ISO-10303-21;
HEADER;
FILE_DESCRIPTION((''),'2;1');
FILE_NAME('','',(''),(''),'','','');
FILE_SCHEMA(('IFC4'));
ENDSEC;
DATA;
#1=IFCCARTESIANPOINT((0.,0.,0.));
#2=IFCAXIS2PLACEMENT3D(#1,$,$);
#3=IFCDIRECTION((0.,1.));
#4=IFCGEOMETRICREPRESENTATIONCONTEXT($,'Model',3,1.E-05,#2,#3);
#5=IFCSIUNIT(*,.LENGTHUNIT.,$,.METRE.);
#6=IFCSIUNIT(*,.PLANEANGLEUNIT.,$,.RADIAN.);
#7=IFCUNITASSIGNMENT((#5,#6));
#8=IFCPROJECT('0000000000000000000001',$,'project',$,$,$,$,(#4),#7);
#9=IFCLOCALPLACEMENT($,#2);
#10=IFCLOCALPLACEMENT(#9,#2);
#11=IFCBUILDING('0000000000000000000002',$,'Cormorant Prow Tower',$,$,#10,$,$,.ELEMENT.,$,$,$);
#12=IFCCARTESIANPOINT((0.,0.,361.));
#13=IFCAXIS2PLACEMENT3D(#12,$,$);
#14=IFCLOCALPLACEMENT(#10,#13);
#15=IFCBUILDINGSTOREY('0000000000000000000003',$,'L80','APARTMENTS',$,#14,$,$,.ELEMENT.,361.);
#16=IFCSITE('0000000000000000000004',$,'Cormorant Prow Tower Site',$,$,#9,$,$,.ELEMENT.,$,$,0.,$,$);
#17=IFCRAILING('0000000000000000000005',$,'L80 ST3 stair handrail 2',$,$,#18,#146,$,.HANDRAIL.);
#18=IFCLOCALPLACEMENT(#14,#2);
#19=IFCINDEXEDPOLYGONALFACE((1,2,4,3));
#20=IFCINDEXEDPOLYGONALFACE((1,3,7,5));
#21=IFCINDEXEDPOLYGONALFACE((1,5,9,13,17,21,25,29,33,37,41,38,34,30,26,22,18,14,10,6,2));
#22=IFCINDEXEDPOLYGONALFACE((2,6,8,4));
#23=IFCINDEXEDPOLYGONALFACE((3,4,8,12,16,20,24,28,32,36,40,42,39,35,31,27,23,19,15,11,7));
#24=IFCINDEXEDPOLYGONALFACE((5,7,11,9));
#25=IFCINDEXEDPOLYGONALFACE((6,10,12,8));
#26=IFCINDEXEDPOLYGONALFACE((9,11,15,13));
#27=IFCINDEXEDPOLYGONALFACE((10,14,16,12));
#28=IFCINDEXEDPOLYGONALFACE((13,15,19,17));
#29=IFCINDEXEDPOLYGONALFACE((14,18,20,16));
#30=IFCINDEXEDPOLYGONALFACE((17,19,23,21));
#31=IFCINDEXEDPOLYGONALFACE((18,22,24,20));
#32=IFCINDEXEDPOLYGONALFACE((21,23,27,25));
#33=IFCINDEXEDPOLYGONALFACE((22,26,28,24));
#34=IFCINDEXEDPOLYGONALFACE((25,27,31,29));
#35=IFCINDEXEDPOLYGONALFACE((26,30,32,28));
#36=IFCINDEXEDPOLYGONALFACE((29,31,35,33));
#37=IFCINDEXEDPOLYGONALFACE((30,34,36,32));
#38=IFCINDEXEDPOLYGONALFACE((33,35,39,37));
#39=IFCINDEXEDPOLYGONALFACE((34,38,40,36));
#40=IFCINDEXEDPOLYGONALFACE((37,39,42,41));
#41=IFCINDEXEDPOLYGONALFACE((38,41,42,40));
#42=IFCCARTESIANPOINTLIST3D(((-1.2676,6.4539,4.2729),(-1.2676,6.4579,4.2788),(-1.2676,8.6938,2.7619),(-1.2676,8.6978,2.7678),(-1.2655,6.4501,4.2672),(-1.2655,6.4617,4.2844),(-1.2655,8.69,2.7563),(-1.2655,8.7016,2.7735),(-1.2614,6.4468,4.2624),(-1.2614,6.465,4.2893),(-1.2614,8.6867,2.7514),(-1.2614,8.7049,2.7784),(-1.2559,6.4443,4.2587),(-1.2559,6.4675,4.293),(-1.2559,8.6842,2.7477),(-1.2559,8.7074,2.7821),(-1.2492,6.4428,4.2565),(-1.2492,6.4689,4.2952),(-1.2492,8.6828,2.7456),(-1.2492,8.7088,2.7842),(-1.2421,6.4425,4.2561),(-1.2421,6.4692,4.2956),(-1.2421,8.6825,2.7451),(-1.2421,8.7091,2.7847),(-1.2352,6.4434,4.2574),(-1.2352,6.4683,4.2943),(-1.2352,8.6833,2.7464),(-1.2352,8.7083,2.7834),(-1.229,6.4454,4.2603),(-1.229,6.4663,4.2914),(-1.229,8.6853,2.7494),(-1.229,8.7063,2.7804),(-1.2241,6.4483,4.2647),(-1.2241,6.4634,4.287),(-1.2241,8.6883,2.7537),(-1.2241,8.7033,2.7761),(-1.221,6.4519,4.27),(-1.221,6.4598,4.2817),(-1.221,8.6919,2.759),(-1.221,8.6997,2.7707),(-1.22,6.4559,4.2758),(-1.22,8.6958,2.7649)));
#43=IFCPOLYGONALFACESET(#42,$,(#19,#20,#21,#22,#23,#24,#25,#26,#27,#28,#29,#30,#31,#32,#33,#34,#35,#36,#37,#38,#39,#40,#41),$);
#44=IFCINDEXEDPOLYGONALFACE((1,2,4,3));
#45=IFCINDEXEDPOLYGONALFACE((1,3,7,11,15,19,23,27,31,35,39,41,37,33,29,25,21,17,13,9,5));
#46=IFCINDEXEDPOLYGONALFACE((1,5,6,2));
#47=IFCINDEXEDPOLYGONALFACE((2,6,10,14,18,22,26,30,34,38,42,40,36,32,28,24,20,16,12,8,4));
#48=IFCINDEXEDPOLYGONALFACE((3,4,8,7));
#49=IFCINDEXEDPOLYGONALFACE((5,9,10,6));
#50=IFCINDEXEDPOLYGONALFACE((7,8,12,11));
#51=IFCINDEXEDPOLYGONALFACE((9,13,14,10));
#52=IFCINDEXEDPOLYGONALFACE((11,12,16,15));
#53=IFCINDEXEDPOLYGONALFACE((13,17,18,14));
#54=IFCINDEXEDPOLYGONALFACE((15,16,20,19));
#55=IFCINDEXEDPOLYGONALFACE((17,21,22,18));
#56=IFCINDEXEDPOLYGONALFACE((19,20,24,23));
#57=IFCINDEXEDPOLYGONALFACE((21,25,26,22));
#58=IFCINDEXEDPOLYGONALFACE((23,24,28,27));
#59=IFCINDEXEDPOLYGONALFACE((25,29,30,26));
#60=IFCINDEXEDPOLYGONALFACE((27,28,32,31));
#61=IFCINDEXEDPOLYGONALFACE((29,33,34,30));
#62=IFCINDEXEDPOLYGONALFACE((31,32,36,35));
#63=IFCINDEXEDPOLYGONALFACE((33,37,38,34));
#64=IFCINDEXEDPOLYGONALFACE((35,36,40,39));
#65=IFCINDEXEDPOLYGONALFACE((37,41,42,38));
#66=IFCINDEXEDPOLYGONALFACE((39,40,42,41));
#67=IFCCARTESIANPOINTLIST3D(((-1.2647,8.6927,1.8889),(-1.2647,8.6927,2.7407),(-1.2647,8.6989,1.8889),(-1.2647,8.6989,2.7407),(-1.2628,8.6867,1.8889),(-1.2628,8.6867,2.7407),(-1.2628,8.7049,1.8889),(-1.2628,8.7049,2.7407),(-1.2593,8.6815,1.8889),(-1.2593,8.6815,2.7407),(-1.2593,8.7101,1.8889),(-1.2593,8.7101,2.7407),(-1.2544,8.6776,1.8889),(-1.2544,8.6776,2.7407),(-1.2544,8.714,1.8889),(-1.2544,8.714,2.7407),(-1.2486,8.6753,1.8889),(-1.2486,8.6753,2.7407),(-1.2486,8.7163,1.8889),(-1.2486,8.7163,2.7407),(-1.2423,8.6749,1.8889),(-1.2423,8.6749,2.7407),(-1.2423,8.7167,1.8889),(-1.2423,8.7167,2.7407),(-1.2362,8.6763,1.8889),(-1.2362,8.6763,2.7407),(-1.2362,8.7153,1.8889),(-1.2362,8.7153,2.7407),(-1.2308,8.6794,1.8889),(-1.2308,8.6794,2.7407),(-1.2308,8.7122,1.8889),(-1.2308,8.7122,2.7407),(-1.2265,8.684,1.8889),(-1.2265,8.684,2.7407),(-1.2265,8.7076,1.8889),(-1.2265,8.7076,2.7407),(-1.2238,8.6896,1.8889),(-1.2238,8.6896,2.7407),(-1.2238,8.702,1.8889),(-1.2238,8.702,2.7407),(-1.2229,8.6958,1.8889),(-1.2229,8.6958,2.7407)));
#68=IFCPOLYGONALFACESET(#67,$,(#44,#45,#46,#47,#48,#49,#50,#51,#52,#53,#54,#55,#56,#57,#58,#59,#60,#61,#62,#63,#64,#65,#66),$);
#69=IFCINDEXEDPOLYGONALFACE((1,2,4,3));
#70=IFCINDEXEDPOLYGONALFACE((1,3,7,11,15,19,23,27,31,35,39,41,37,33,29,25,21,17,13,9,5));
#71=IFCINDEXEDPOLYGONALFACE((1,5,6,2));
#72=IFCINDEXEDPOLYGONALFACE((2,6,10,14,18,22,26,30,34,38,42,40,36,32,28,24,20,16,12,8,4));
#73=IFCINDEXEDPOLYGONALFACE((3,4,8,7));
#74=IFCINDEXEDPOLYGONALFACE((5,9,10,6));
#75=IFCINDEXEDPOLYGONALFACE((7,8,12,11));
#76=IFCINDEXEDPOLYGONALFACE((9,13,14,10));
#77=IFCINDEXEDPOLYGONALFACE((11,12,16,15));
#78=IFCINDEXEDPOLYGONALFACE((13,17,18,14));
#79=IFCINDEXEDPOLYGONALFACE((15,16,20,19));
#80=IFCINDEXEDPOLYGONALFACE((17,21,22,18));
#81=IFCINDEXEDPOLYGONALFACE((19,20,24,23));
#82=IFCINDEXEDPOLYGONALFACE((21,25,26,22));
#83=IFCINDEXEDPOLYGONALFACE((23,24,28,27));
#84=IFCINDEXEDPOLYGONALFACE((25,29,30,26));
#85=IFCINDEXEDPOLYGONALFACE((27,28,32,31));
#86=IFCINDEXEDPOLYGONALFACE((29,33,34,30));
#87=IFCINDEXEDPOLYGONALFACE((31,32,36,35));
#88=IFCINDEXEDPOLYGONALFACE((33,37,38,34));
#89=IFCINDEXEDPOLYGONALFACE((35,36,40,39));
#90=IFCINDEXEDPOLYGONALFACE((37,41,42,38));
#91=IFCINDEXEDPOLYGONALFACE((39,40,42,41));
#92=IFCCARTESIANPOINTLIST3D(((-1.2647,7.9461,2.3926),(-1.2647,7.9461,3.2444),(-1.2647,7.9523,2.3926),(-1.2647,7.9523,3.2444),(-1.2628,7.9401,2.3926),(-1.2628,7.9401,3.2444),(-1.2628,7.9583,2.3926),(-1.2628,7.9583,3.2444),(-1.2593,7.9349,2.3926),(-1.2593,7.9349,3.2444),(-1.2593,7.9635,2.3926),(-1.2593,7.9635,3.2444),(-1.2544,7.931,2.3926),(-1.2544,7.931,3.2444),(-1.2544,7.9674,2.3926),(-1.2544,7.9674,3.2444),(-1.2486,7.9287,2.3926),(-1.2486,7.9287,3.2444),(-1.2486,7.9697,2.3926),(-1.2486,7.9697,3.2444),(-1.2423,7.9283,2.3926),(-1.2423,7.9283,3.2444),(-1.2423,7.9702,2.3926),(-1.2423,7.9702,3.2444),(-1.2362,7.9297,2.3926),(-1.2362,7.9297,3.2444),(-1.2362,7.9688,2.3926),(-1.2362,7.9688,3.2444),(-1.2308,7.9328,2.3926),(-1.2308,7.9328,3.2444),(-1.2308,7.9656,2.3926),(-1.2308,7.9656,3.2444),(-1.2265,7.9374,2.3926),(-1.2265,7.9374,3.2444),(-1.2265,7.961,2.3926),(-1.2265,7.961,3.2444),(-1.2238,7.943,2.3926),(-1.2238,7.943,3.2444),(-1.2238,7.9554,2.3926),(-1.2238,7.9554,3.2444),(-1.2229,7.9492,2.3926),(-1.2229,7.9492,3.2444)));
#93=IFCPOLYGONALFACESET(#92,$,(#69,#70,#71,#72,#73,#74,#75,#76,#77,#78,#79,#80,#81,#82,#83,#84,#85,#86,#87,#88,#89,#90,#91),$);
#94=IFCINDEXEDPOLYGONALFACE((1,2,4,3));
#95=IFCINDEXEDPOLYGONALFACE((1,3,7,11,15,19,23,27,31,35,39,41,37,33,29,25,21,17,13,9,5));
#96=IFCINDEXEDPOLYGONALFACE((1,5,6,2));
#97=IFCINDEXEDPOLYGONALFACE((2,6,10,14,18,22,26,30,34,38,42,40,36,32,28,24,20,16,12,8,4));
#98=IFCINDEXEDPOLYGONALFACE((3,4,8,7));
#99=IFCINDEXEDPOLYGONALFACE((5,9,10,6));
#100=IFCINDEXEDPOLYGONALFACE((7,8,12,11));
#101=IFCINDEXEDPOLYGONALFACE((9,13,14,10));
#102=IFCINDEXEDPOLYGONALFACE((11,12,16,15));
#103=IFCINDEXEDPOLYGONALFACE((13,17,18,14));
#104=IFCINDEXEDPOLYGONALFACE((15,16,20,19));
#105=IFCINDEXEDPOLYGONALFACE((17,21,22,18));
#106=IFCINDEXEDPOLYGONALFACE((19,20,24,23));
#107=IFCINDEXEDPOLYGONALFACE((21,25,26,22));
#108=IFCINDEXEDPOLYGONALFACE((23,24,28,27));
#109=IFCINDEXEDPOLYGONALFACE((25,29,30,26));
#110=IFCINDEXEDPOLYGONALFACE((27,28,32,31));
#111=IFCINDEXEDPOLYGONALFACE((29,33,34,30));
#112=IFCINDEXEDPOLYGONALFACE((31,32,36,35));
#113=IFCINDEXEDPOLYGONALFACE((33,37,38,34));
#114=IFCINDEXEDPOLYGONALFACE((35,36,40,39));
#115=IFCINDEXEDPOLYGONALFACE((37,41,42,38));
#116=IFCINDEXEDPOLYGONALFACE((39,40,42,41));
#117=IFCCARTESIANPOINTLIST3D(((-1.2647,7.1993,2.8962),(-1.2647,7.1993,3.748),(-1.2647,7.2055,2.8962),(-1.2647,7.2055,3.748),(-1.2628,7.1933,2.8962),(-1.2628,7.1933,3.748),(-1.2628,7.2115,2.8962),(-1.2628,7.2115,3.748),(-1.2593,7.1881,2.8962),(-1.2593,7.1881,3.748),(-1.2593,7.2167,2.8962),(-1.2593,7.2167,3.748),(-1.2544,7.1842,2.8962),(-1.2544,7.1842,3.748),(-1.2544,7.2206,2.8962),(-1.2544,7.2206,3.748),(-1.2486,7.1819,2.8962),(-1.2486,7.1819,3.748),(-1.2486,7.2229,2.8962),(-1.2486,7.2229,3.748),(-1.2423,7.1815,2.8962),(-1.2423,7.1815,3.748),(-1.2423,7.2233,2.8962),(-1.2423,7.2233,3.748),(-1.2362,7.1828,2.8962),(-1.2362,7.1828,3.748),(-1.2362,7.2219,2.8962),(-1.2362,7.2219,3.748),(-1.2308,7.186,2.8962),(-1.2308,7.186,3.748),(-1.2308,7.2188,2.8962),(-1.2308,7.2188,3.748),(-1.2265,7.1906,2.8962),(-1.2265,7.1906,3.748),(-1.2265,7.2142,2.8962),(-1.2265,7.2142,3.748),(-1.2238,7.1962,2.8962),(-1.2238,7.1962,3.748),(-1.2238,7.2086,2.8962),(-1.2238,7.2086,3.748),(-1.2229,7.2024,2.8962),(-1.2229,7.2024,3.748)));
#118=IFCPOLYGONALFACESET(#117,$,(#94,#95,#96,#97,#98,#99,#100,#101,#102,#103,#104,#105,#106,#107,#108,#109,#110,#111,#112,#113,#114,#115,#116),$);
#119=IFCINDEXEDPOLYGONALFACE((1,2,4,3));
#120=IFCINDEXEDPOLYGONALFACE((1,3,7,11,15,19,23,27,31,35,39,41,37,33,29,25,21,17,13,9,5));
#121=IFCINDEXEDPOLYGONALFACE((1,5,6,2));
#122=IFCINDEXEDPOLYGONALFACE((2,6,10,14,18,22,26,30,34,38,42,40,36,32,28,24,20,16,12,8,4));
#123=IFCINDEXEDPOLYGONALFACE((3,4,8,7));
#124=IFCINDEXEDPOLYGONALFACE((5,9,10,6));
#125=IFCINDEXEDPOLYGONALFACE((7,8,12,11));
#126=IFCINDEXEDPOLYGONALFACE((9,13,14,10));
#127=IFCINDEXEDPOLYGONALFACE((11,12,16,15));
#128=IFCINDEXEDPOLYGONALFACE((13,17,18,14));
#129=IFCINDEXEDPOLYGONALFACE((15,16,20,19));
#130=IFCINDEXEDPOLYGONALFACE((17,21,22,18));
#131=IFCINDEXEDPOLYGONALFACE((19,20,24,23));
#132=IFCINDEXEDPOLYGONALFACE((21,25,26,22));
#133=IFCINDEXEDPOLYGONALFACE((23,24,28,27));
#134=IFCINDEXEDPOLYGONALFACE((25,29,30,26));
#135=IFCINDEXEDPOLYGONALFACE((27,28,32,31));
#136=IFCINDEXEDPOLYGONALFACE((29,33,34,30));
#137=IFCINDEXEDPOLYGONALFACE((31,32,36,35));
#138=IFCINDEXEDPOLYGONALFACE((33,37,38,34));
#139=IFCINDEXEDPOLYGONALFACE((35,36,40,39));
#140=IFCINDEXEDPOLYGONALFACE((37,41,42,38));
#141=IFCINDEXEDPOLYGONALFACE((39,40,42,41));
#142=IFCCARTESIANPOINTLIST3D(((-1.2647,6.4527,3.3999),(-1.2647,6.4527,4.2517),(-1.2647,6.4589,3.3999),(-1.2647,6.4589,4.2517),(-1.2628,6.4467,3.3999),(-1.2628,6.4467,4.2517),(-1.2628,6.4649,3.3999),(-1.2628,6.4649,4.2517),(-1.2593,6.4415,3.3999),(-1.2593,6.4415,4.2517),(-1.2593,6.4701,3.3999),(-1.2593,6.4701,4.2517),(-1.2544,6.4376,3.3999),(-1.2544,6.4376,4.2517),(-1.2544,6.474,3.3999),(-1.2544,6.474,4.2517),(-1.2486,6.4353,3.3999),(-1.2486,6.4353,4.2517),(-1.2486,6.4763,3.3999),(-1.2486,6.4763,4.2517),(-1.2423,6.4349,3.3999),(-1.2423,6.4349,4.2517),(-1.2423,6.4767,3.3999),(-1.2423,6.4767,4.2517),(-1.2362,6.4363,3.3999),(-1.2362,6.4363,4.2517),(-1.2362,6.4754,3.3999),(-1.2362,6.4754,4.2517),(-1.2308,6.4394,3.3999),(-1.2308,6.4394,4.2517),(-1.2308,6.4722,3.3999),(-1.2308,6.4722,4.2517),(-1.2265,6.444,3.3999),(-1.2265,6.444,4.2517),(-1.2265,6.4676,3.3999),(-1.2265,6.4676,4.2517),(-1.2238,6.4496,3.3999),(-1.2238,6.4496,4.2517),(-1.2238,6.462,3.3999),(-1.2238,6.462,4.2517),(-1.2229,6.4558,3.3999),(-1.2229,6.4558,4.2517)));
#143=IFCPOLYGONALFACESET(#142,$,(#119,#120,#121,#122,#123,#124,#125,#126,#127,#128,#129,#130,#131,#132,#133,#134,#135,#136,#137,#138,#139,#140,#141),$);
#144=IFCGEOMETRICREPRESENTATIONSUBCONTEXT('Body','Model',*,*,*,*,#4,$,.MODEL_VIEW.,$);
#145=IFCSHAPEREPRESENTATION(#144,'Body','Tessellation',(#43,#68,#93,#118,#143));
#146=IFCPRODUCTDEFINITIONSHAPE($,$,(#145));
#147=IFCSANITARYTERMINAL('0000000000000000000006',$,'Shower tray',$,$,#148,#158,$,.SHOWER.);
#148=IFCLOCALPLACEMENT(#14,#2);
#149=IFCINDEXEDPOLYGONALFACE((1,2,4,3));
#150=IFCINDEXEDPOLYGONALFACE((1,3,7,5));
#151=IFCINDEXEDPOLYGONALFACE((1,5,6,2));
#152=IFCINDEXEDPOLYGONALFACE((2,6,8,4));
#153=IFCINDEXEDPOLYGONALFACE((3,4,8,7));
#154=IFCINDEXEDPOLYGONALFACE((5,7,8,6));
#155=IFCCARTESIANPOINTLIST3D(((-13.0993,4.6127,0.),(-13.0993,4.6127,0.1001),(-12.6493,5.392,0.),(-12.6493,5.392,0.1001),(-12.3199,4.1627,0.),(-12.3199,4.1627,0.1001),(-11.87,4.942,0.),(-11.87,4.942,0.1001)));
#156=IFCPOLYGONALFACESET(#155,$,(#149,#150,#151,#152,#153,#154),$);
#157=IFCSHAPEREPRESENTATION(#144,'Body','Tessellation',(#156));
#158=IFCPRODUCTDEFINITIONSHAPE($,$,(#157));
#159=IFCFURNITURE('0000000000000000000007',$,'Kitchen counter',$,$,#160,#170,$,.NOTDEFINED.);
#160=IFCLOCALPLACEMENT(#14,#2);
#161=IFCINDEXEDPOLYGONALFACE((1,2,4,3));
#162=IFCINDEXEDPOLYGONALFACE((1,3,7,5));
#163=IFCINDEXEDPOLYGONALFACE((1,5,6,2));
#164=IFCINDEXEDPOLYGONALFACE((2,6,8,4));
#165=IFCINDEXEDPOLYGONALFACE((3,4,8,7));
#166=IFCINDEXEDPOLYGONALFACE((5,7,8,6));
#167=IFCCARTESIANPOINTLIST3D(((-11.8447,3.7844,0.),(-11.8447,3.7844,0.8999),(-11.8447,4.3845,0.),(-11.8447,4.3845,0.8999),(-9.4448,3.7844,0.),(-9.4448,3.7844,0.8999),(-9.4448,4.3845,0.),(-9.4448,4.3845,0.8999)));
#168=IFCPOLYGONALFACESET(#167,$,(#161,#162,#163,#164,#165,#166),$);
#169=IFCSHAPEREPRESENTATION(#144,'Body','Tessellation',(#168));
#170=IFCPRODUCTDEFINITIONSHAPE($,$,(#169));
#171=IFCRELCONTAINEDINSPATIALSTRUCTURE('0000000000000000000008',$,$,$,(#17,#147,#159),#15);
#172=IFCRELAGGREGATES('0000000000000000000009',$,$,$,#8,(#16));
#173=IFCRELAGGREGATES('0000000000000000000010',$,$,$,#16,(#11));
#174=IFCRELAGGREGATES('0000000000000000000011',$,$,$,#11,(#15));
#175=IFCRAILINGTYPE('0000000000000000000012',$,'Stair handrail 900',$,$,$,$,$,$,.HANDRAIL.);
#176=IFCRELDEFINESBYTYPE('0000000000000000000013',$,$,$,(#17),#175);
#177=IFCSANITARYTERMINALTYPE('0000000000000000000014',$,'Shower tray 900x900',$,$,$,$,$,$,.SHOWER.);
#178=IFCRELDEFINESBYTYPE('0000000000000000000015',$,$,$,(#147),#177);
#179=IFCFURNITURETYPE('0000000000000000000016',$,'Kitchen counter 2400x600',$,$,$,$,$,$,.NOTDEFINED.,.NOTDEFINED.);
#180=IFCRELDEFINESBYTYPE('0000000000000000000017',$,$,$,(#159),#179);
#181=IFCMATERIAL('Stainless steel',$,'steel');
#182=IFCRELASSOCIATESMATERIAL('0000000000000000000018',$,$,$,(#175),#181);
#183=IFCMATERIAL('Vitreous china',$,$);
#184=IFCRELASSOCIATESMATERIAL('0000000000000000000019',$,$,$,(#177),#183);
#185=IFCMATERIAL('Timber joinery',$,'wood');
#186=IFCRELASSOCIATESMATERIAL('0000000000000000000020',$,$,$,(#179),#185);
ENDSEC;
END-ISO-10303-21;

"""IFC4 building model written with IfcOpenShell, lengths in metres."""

from ifc_helpers import new_model, si_unit, direction, frame, origin, origin_2d, place, context, subcontext, project, spatial, rectangle, circle, extrude, material, type_object, element, save


model = new_model("IFC4")

# Units and contexts
model_context = context("Model", 3, precision=1e-05, world=origin(), true_north=direction((0.0, 1.0)))
body_context = subcontext(model_context, "Body", "Model", "MODEL_VIEW")
ifc_project = project(units=[si_unit("LENGTHUNIT", "METRE"), si_unit("PLANEANGLEUNIT", "RADIAN")], contexts=[model_context])

# Site, building, storey
site_placement = place(None, origin())
site = spatial("IfcSite", under=ifc_project, at=site_placement, Name="Cormorant Prow Tower Site", CompositionType="ELEMENT", RefElevation=0.0)
building_placement = place(site_placement, origin())
building = spatial("IfcBuilding", under=site, at=building_placement, Name="Cormorant Prow Tower", CompositionType="ELEMENT")
storey_placement = place(building_placement, frame((0.0, 0.0, 361.0)))
storey = spatial("IfcBuildingStorey", under=building, at=storey_placement, Name="L80", Description="APARTMENTS", CompositionType="ELEMENT", Elevation=361.0)

# Railing
ifc_material_1 = material(Name="Stainless steel", Category="steel")
railing_type = type_object("IfcRailingType", Name="Stair handrail 900", PredefinedType="HANDRAIL", material=ifc_material_1)
railing_placement = place(storey_placement, frame((-1.2439, 8.6958, 1.8889)))
element("IfcRailing", 1, at=railing_placement, inside=storey, type_object=railing_type, Name="L80 ST3 stair handrail 2", PredefinedType="HANDRAIL", context=body_context, shape_type="SweptSolid", body=[
    extrude(circle(Radius=0.0239, at=origin_2d()), frame((0.0, 0.0, 0.876), z_axis=(0.0, -0.829021, 0.559217), x_axis=(1.0, 0.0, 0.0)), (0.0, 0.0, 1.0), 2.7019),
    extrude(circle(Radius=0.021, at=origin_2d()), origin(), (0.0, 0.0, 1.0), 0.8518),
    extrude(circle(Radius=0.021, at=origin_2d()), frame((0.0, -0.7466, 0.5037)), (0.0, 0.0, 1.0), 0.8518),
    extrude(circle(Radius=0.021, at=origin_2d()), frame((0.0, -1.4934, 1.0073)), (0.0, 0.0, 1.0), 0.8518),
    extrude(circle(Radius=0.021, at=origin_2d()), frame((0.0, -2.24, 1.511)), (0.0, 0.0, 1.0), 0.8518),
])

# Sanitary terminal
ifc_material_2 = material(Name="Vitreous china")
sanitary_terminal_type = type_object("IfcSanitaryTerminalType", Name="Shower tray 900x900", PredefinedType="SHOWER", material=ifc_material_2)
sanitary_terminal_placement = place(storey_placement, frame((-12.4846, 4.7773, 0.0), z_axis=(0.0, 0.0, 1.0), x_axis=(-0.866025, 0.5, 0.0)))
element("IfcSanitaryTerminal", 2, at=sanitary_terminal_placement, inside=storey, type_object=sanitary_terminal_type, Name="Shower tray", PredefinedType="SHOWER", context=body_context, shape_type="SweptSolid", body=[
    extrude(rectangle(XDim=0.8999, YDim=0.8999, at=origin_2d()), origin(), (0.0, 0.0, 1.0), 0.1001),
])

# Furniture
ifc_material_3 = material(Name="Timber joinery", Category="wood")
furniture_type = type_object("IfcFurnitureType", Name="Kitchen counter 2400x600", AssemblyPlace="NOTDEFINED", PredefinedType="NOTDEFINED", material=ifc_material_3)
furniture_placement = place(storey_placement, frame((-10.6448, 4.0845, 0.0), z_axis=(0.0, 0.0, 1.0), x_axis=(1.0, 0.0, 0.0)))
element("IfcFurniture", 3, at=furniture_placement, inside=storey, type_object=furniture_type, Name="Kitchen counter", PredefinedType="NOTDEFINED", context=body_context, shape_type="SweptSolid", body=[
    extrude(rectangle(XDim=2.3999, YDim=0.6001, at=origin_2d()), origin(), (0.0, 0.0, 1.0), 0.8999),
])

save(model, "model.ifc")
